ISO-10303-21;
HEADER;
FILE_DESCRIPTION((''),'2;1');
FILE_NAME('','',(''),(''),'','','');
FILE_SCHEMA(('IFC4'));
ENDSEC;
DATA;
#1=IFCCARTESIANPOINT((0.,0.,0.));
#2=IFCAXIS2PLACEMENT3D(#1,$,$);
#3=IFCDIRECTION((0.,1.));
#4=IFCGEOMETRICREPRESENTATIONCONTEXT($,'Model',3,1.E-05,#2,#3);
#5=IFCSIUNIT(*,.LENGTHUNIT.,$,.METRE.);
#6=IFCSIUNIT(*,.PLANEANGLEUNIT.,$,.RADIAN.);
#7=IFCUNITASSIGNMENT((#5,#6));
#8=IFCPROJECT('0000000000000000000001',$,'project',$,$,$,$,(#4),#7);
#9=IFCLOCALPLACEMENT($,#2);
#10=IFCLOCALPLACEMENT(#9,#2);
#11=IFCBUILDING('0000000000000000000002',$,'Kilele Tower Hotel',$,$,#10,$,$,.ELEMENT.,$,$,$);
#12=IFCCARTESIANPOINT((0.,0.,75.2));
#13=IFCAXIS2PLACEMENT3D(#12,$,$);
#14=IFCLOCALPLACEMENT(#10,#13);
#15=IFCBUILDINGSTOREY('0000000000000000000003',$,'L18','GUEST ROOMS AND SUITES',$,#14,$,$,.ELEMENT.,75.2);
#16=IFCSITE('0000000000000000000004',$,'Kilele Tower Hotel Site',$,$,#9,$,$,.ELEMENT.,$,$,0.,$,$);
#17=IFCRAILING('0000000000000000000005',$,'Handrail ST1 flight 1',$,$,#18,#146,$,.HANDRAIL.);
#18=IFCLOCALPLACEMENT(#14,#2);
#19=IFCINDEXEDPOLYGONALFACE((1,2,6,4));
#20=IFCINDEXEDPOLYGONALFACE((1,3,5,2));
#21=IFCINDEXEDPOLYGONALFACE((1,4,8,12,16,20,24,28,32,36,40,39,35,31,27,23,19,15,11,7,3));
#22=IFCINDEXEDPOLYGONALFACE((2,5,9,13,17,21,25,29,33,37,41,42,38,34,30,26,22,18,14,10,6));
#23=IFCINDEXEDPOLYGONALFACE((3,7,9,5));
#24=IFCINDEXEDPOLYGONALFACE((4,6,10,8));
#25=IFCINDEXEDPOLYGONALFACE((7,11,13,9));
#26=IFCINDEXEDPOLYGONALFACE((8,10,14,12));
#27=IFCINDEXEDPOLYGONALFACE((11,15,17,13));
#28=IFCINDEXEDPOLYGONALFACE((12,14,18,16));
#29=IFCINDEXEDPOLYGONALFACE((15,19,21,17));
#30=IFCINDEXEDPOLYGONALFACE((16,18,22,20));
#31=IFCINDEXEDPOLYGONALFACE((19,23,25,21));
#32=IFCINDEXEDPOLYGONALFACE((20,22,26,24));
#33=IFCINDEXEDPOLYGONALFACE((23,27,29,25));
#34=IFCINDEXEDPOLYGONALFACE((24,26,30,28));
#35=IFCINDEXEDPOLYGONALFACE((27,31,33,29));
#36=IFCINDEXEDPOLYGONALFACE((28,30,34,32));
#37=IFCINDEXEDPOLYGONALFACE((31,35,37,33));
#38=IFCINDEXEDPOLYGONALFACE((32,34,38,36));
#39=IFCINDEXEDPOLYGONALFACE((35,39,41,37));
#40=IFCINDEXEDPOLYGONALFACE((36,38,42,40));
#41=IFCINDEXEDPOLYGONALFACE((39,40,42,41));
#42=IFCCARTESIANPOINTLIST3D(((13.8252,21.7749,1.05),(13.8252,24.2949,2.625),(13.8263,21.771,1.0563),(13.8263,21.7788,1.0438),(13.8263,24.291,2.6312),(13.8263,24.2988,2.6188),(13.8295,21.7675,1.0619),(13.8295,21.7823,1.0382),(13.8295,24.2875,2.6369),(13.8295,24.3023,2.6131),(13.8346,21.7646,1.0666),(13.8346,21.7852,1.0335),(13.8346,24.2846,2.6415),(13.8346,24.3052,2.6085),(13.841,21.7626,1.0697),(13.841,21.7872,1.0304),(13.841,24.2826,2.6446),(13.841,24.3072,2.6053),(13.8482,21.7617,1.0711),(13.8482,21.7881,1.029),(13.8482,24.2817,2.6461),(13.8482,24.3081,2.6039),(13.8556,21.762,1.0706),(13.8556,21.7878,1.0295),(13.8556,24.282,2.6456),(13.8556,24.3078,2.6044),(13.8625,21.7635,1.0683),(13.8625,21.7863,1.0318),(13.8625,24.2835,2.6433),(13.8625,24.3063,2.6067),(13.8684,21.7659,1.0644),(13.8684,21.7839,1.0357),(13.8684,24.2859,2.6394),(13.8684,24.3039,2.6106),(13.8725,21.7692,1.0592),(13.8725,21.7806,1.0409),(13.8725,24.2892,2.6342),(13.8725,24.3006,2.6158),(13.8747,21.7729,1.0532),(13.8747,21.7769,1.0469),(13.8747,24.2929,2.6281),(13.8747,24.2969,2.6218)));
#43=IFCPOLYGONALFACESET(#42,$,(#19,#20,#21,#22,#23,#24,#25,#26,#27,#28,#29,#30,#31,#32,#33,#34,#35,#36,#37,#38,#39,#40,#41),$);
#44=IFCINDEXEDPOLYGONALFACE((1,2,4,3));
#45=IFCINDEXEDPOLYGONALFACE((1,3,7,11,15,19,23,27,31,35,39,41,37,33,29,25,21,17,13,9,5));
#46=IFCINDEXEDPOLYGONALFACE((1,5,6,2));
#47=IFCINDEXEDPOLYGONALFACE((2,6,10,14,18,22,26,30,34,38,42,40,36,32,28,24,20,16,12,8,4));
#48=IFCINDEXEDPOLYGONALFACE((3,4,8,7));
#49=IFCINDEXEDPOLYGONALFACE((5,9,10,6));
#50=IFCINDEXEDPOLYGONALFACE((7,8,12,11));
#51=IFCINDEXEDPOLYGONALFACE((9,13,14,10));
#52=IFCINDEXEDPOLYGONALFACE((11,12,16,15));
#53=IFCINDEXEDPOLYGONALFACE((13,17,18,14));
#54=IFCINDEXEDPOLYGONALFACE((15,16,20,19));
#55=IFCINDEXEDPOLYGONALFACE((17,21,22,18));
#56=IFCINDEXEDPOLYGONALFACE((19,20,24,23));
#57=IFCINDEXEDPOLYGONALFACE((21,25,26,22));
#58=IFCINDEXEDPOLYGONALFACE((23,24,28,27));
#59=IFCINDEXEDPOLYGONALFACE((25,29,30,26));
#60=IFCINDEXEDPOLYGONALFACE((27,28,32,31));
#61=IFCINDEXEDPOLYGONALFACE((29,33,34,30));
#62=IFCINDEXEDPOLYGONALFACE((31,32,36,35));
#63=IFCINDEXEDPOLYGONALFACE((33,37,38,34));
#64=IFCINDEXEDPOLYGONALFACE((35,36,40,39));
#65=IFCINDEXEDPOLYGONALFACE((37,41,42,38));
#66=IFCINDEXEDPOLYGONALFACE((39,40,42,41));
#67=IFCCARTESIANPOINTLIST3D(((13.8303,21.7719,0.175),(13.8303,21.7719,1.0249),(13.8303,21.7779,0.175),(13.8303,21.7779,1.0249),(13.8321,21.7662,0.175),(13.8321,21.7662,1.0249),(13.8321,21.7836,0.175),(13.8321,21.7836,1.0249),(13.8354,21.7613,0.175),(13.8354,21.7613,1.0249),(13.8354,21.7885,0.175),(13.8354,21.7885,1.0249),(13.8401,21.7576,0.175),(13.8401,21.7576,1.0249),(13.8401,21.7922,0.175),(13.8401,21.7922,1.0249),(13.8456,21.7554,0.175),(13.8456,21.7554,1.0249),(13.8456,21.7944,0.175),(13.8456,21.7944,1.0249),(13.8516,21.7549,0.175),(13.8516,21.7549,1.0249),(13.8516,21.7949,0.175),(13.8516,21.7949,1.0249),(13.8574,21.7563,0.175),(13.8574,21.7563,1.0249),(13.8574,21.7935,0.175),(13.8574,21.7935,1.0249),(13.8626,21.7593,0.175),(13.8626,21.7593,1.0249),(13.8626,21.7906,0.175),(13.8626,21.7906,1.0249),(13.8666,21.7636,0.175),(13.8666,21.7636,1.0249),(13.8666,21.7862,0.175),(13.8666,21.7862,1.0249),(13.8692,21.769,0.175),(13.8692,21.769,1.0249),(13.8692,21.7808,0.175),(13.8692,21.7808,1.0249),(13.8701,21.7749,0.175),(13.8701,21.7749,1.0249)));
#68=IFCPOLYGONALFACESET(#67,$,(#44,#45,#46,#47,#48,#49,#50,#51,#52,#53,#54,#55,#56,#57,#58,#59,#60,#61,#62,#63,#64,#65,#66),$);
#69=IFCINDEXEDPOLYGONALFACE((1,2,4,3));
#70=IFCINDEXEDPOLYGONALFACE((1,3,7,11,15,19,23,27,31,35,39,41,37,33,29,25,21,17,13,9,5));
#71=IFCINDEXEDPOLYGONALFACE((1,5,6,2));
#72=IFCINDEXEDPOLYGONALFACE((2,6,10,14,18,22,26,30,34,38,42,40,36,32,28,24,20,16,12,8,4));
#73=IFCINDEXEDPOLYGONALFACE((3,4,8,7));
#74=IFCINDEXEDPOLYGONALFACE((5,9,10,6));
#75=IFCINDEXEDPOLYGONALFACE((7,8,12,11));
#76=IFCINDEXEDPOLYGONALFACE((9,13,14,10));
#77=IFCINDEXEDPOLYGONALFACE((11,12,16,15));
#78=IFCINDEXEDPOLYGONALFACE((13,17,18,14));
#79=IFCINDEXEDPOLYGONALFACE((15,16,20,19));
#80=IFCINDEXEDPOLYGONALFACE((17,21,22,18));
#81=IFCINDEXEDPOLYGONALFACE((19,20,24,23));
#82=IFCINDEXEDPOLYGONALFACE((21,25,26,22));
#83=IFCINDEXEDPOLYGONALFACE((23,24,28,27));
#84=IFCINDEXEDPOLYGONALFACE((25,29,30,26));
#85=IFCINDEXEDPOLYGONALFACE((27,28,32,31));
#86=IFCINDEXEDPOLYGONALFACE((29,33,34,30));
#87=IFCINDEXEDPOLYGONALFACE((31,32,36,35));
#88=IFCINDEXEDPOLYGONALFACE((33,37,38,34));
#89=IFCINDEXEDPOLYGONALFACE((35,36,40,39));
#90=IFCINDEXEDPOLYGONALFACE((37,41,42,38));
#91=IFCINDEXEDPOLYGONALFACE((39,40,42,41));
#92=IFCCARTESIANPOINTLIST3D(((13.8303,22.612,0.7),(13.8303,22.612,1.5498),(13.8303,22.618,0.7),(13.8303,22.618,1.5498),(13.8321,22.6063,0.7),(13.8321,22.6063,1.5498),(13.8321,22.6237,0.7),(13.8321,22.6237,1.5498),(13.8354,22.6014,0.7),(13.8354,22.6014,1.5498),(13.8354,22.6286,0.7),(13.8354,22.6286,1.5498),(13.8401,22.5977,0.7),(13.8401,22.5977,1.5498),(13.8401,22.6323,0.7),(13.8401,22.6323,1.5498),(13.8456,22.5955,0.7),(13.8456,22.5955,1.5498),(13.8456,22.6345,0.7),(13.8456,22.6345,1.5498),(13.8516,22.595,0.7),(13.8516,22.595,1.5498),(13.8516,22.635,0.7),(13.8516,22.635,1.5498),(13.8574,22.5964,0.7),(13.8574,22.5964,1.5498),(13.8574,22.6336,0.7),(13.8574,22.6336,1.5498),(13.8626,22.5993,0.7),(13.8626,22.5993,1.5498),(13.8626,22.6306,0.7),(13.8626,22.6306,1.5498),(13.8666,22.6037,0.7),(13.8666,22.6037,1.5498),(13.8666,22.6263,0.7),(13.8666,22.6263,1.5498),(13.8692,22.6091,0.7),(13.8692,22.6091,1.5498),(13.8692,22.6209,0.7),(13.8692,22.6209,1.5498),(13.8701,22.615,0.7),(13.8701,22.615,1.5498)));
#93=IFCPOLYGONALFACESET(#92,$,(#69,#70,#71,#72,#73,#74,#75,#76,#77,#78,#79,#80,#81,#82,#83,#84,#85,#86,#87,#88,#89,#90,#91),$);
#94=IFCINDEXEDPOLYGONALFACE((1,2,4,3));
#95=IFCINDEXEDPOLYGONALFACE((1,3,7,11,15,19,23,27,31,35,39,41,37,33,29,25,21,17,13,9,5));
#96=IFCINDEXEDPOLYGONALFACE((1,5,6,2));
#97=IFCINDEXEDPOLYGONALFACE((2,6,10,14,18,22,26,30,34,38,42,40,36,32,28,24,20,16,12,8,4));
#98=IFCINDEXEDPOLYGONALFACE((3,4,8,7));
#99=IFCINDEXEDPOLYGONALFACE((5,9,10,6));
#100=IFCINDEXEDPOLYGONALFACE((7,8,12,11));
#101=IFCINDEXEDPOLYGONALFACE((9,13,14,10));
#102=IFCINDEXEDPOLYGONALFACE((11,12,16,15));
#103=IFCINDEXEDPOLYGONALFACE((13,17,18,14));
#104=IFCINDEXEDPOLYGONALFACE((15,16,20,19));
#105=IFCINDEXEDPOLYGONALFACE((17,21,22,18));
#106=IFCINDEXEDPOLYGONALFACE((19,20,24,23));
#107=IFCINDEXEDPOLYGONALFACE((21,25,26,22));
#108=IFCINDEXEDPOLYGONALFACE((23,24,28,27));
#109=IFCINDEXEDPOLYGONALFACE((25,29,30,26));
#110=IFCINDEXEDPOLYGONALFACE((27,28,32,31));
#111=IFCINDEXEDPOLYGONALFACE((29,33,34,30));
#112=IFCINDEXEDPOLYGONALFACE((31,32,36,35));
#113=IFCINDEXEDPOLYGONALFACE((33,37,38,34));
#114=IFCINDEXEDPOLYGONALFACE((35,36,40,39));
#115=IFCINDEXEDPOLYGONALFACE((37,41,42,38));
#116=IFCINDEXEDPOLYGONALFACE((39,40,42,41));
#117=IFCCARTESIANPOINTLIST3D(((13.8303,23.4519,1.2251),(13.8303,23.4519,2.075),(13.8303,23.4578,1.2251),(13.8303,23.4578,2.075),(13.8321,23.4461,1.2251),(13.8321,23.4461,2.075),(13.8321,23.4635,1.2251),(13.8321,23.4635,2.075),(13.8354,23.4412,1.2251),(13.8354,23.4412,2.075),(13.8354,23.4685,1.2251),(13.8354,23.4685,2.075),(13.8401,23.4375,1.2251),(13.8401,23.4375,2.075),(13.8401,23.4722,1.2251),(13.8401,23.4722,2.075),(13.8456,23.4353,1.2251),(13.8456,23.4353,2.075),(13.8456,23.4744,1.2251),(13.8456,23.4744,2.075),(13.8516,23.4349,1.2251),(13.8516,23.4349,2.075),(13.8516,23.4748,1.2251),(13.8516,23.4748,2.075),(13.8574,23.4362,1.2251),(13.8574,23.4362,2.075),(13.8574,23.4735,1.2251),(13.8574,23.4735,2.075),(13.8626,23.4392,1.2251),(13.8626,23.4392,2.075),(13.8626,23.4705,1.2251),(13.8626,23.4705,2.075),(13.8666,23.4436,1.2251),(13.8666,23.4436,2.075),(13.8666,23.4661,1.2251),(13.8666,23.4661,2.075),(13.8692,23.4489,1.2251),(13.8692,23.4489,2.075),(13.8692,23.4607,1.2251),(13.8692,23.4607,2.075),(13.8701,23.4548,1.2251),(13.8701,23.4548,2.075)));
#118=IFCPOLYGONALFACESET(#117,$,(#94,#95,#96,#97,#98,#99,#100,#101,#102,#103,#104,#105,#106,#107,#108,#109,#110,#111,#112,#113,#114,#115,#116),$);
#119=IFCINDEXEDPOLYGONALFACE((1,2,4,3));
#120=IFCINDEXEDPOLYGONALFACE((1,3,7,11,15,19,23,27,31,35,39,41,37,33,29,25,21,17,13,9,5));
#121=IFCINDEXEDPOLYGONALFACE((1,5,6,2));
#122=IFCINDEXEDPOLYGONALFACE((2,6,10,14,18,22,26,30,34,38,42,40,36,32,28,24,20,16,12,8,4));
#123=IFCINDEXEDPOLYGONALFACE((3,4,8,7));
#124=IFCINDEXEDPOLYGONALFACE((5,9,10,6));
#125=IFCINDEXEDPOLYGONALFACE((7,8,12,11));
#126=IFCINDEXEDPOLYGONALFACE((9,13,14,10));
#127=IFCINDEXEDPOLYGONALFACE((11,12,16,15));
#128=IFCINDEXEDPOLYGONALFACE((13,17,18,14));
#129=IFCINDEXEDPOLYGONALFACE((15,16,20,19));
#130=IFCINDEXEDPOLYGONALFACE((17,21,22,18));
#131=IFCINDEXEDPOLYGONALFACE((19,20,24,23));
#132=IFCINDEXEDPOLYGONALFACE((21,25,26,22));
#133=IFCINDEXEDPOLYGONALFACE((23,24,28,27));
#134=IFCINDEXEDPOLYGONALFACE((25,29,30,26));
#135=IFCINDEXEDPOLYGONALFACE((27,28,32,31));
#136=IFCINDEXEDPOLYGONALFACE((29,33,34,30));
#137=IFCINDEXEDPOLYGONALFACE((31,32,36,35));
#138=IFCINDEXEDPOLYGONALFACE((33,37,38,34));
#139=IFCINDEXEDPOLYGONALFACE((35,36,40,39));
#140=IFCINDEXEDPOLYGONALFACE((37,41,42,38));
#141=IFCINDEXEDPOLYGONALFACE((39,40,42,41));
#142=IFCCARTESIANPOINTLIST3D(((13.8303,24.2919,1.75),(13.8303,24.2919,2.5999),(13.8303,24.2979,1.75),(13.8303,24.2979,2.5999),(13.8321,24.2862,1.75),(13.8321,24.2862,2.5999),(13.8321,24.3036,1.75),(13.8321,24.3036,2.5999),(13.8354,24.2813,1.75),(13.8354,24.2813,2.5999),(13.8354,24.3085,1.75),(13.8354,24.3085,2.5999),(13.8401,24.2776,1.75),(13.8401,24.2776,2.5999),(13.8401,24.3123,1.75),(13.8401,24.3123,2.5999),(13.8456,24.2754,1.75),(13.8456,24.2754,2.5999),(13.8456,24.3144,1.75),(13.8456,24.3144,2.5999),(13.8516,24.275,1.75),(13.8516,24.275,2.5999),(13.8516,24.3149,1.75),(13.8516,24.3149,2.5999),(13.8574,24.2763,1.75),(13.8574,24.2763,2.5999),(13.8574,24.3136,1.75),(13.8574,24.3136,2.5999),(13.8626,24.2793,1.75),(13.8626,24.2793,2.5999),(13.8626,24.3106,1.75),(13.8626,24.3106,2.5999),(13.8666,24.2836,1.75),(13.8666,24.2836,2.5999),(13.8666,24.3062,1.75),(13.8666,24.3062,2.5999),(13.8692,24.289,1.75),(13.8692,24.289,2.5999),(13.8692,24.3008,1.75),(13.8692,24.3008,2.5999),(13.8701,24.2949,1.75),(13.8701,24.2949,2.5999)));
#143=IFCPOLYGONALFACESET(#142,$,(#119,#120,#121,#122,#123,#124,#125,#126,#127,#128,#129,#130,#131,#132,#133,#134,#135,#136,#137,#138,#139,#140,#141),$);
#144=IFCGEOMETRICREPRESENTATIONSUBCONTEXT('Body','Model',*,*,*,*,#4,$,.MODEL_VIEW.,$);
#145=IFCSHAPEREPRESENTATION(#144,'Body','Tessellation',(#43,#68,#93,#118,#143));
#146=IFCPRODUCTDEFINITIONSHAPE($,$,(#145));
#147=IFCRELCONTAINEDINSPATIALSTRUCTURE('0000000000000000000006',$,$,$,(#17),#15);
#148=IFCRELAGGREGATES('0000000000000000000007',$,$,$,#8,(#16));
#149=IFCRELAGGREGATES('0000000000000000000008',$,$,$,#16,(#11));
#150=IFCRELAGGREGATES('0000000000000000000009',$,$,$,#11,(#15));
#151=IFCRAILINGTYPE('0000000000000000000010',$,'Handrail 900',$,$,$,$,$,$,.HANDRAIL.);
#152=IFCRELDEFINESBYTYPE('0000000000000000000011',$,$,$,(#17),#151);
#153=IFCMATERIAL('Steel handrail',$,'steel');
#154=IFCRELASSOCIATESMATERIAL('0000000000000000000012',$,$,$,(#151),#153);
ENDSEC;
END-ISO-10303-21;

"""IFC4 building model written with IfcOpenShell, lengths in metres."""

from ifc_helpers import new_model, si_unit, direction, frame, origin, origin_2d, place, context, subcontext, project, spatial, circle, extrude, material, type_object, element, save


model = new_model("IFC4")

# Units and contexts
model_context = context("Model", 3, precision=1e-05, world=origin(), true_north=direction((0.0, 1.0)))
body_context = subcontext(model_context, "Body", "Model", "MODEL_VIEW")
ifc_project = project(units=[si_unit("LENGTHUNIT", "METRE"), si_unit("PLANEANGLEUNIT", "RADIAN")], contexts=[model_context])

# Site, building, storey
site_placement = place(None, origin())
site = spatial("IfcSite", under=ifc_project, at=site_placement, Name="Kilele Tower Hotel Site", CompositionType="ELEMENT", RefElevation=0.0)
building_placement = place(site_placement, origin())
building = spatial("IfcBuilding", under=site, at=building_placement, Name="Kilele Tower Hotel", CompositionType="ELEMENT")
storey_placement = place(building_placement, frame((0.0, 0.0, 75.2)))
storey = spatial("IfcBuildingStorey", under=building, at=storey_placement, Name="L18", Description="GUEST ROOMS AND SUITES", CompositionType="ELEMENT", Elevation=75.2)

# Railing
ifc_material_1 = material(Name="Steel handrail", Category="steel")
railing_type_1 = type_object("IfcRailingType", Name="Handrail 900", PredefinedType="HANDRAIL", material=ifc_material_1)
for number, where, name in (
    (1, (13.8501, 21.7749, 0.175), "Handrail ST1 flight 1"),
):
    element("IfcRailing", number, at=place(storey_placement, frame(where)), inside=storey, type_object=railing_type_1, Name=name, PredefinedType="HANDRAIL", context=body_context, shape_type="SweptSolid", body=[
        extrude(circle(Radius=0.0249, at=origin_2d()), frame((0.0, 0.0, 0.875), z_axis=(0.0, 0.848008, 0.529984), x_axis=(-1.0, 0.0, 0.0)), (0.0, 0.0, 1.0), 2.9717),
        extrude(circle(Radius=0.02, at=origin_2d()), origin(), (0.0, 0.0, 1.0), 0.8499),
        extrude(circle(Radius=0.02, at=origin_2d()), frame((0.0, 0.8401, 0.5249)), (0.0, 0.0, 1.0), 0.8499),
        extrude(circle(Radius=0.02, at=origin_2d()), frame((0.0, 1.6799, 1.05)), (0.0, 0.0, 1.0), 0.8499),
        extrude(circle(Radius=0.02, at=origin_2d()), frame((0.0, 2.52, 1.575)), (0.0, 0.0, 1.0), 0.8499),
    ])

save(model, "model.ifc")
